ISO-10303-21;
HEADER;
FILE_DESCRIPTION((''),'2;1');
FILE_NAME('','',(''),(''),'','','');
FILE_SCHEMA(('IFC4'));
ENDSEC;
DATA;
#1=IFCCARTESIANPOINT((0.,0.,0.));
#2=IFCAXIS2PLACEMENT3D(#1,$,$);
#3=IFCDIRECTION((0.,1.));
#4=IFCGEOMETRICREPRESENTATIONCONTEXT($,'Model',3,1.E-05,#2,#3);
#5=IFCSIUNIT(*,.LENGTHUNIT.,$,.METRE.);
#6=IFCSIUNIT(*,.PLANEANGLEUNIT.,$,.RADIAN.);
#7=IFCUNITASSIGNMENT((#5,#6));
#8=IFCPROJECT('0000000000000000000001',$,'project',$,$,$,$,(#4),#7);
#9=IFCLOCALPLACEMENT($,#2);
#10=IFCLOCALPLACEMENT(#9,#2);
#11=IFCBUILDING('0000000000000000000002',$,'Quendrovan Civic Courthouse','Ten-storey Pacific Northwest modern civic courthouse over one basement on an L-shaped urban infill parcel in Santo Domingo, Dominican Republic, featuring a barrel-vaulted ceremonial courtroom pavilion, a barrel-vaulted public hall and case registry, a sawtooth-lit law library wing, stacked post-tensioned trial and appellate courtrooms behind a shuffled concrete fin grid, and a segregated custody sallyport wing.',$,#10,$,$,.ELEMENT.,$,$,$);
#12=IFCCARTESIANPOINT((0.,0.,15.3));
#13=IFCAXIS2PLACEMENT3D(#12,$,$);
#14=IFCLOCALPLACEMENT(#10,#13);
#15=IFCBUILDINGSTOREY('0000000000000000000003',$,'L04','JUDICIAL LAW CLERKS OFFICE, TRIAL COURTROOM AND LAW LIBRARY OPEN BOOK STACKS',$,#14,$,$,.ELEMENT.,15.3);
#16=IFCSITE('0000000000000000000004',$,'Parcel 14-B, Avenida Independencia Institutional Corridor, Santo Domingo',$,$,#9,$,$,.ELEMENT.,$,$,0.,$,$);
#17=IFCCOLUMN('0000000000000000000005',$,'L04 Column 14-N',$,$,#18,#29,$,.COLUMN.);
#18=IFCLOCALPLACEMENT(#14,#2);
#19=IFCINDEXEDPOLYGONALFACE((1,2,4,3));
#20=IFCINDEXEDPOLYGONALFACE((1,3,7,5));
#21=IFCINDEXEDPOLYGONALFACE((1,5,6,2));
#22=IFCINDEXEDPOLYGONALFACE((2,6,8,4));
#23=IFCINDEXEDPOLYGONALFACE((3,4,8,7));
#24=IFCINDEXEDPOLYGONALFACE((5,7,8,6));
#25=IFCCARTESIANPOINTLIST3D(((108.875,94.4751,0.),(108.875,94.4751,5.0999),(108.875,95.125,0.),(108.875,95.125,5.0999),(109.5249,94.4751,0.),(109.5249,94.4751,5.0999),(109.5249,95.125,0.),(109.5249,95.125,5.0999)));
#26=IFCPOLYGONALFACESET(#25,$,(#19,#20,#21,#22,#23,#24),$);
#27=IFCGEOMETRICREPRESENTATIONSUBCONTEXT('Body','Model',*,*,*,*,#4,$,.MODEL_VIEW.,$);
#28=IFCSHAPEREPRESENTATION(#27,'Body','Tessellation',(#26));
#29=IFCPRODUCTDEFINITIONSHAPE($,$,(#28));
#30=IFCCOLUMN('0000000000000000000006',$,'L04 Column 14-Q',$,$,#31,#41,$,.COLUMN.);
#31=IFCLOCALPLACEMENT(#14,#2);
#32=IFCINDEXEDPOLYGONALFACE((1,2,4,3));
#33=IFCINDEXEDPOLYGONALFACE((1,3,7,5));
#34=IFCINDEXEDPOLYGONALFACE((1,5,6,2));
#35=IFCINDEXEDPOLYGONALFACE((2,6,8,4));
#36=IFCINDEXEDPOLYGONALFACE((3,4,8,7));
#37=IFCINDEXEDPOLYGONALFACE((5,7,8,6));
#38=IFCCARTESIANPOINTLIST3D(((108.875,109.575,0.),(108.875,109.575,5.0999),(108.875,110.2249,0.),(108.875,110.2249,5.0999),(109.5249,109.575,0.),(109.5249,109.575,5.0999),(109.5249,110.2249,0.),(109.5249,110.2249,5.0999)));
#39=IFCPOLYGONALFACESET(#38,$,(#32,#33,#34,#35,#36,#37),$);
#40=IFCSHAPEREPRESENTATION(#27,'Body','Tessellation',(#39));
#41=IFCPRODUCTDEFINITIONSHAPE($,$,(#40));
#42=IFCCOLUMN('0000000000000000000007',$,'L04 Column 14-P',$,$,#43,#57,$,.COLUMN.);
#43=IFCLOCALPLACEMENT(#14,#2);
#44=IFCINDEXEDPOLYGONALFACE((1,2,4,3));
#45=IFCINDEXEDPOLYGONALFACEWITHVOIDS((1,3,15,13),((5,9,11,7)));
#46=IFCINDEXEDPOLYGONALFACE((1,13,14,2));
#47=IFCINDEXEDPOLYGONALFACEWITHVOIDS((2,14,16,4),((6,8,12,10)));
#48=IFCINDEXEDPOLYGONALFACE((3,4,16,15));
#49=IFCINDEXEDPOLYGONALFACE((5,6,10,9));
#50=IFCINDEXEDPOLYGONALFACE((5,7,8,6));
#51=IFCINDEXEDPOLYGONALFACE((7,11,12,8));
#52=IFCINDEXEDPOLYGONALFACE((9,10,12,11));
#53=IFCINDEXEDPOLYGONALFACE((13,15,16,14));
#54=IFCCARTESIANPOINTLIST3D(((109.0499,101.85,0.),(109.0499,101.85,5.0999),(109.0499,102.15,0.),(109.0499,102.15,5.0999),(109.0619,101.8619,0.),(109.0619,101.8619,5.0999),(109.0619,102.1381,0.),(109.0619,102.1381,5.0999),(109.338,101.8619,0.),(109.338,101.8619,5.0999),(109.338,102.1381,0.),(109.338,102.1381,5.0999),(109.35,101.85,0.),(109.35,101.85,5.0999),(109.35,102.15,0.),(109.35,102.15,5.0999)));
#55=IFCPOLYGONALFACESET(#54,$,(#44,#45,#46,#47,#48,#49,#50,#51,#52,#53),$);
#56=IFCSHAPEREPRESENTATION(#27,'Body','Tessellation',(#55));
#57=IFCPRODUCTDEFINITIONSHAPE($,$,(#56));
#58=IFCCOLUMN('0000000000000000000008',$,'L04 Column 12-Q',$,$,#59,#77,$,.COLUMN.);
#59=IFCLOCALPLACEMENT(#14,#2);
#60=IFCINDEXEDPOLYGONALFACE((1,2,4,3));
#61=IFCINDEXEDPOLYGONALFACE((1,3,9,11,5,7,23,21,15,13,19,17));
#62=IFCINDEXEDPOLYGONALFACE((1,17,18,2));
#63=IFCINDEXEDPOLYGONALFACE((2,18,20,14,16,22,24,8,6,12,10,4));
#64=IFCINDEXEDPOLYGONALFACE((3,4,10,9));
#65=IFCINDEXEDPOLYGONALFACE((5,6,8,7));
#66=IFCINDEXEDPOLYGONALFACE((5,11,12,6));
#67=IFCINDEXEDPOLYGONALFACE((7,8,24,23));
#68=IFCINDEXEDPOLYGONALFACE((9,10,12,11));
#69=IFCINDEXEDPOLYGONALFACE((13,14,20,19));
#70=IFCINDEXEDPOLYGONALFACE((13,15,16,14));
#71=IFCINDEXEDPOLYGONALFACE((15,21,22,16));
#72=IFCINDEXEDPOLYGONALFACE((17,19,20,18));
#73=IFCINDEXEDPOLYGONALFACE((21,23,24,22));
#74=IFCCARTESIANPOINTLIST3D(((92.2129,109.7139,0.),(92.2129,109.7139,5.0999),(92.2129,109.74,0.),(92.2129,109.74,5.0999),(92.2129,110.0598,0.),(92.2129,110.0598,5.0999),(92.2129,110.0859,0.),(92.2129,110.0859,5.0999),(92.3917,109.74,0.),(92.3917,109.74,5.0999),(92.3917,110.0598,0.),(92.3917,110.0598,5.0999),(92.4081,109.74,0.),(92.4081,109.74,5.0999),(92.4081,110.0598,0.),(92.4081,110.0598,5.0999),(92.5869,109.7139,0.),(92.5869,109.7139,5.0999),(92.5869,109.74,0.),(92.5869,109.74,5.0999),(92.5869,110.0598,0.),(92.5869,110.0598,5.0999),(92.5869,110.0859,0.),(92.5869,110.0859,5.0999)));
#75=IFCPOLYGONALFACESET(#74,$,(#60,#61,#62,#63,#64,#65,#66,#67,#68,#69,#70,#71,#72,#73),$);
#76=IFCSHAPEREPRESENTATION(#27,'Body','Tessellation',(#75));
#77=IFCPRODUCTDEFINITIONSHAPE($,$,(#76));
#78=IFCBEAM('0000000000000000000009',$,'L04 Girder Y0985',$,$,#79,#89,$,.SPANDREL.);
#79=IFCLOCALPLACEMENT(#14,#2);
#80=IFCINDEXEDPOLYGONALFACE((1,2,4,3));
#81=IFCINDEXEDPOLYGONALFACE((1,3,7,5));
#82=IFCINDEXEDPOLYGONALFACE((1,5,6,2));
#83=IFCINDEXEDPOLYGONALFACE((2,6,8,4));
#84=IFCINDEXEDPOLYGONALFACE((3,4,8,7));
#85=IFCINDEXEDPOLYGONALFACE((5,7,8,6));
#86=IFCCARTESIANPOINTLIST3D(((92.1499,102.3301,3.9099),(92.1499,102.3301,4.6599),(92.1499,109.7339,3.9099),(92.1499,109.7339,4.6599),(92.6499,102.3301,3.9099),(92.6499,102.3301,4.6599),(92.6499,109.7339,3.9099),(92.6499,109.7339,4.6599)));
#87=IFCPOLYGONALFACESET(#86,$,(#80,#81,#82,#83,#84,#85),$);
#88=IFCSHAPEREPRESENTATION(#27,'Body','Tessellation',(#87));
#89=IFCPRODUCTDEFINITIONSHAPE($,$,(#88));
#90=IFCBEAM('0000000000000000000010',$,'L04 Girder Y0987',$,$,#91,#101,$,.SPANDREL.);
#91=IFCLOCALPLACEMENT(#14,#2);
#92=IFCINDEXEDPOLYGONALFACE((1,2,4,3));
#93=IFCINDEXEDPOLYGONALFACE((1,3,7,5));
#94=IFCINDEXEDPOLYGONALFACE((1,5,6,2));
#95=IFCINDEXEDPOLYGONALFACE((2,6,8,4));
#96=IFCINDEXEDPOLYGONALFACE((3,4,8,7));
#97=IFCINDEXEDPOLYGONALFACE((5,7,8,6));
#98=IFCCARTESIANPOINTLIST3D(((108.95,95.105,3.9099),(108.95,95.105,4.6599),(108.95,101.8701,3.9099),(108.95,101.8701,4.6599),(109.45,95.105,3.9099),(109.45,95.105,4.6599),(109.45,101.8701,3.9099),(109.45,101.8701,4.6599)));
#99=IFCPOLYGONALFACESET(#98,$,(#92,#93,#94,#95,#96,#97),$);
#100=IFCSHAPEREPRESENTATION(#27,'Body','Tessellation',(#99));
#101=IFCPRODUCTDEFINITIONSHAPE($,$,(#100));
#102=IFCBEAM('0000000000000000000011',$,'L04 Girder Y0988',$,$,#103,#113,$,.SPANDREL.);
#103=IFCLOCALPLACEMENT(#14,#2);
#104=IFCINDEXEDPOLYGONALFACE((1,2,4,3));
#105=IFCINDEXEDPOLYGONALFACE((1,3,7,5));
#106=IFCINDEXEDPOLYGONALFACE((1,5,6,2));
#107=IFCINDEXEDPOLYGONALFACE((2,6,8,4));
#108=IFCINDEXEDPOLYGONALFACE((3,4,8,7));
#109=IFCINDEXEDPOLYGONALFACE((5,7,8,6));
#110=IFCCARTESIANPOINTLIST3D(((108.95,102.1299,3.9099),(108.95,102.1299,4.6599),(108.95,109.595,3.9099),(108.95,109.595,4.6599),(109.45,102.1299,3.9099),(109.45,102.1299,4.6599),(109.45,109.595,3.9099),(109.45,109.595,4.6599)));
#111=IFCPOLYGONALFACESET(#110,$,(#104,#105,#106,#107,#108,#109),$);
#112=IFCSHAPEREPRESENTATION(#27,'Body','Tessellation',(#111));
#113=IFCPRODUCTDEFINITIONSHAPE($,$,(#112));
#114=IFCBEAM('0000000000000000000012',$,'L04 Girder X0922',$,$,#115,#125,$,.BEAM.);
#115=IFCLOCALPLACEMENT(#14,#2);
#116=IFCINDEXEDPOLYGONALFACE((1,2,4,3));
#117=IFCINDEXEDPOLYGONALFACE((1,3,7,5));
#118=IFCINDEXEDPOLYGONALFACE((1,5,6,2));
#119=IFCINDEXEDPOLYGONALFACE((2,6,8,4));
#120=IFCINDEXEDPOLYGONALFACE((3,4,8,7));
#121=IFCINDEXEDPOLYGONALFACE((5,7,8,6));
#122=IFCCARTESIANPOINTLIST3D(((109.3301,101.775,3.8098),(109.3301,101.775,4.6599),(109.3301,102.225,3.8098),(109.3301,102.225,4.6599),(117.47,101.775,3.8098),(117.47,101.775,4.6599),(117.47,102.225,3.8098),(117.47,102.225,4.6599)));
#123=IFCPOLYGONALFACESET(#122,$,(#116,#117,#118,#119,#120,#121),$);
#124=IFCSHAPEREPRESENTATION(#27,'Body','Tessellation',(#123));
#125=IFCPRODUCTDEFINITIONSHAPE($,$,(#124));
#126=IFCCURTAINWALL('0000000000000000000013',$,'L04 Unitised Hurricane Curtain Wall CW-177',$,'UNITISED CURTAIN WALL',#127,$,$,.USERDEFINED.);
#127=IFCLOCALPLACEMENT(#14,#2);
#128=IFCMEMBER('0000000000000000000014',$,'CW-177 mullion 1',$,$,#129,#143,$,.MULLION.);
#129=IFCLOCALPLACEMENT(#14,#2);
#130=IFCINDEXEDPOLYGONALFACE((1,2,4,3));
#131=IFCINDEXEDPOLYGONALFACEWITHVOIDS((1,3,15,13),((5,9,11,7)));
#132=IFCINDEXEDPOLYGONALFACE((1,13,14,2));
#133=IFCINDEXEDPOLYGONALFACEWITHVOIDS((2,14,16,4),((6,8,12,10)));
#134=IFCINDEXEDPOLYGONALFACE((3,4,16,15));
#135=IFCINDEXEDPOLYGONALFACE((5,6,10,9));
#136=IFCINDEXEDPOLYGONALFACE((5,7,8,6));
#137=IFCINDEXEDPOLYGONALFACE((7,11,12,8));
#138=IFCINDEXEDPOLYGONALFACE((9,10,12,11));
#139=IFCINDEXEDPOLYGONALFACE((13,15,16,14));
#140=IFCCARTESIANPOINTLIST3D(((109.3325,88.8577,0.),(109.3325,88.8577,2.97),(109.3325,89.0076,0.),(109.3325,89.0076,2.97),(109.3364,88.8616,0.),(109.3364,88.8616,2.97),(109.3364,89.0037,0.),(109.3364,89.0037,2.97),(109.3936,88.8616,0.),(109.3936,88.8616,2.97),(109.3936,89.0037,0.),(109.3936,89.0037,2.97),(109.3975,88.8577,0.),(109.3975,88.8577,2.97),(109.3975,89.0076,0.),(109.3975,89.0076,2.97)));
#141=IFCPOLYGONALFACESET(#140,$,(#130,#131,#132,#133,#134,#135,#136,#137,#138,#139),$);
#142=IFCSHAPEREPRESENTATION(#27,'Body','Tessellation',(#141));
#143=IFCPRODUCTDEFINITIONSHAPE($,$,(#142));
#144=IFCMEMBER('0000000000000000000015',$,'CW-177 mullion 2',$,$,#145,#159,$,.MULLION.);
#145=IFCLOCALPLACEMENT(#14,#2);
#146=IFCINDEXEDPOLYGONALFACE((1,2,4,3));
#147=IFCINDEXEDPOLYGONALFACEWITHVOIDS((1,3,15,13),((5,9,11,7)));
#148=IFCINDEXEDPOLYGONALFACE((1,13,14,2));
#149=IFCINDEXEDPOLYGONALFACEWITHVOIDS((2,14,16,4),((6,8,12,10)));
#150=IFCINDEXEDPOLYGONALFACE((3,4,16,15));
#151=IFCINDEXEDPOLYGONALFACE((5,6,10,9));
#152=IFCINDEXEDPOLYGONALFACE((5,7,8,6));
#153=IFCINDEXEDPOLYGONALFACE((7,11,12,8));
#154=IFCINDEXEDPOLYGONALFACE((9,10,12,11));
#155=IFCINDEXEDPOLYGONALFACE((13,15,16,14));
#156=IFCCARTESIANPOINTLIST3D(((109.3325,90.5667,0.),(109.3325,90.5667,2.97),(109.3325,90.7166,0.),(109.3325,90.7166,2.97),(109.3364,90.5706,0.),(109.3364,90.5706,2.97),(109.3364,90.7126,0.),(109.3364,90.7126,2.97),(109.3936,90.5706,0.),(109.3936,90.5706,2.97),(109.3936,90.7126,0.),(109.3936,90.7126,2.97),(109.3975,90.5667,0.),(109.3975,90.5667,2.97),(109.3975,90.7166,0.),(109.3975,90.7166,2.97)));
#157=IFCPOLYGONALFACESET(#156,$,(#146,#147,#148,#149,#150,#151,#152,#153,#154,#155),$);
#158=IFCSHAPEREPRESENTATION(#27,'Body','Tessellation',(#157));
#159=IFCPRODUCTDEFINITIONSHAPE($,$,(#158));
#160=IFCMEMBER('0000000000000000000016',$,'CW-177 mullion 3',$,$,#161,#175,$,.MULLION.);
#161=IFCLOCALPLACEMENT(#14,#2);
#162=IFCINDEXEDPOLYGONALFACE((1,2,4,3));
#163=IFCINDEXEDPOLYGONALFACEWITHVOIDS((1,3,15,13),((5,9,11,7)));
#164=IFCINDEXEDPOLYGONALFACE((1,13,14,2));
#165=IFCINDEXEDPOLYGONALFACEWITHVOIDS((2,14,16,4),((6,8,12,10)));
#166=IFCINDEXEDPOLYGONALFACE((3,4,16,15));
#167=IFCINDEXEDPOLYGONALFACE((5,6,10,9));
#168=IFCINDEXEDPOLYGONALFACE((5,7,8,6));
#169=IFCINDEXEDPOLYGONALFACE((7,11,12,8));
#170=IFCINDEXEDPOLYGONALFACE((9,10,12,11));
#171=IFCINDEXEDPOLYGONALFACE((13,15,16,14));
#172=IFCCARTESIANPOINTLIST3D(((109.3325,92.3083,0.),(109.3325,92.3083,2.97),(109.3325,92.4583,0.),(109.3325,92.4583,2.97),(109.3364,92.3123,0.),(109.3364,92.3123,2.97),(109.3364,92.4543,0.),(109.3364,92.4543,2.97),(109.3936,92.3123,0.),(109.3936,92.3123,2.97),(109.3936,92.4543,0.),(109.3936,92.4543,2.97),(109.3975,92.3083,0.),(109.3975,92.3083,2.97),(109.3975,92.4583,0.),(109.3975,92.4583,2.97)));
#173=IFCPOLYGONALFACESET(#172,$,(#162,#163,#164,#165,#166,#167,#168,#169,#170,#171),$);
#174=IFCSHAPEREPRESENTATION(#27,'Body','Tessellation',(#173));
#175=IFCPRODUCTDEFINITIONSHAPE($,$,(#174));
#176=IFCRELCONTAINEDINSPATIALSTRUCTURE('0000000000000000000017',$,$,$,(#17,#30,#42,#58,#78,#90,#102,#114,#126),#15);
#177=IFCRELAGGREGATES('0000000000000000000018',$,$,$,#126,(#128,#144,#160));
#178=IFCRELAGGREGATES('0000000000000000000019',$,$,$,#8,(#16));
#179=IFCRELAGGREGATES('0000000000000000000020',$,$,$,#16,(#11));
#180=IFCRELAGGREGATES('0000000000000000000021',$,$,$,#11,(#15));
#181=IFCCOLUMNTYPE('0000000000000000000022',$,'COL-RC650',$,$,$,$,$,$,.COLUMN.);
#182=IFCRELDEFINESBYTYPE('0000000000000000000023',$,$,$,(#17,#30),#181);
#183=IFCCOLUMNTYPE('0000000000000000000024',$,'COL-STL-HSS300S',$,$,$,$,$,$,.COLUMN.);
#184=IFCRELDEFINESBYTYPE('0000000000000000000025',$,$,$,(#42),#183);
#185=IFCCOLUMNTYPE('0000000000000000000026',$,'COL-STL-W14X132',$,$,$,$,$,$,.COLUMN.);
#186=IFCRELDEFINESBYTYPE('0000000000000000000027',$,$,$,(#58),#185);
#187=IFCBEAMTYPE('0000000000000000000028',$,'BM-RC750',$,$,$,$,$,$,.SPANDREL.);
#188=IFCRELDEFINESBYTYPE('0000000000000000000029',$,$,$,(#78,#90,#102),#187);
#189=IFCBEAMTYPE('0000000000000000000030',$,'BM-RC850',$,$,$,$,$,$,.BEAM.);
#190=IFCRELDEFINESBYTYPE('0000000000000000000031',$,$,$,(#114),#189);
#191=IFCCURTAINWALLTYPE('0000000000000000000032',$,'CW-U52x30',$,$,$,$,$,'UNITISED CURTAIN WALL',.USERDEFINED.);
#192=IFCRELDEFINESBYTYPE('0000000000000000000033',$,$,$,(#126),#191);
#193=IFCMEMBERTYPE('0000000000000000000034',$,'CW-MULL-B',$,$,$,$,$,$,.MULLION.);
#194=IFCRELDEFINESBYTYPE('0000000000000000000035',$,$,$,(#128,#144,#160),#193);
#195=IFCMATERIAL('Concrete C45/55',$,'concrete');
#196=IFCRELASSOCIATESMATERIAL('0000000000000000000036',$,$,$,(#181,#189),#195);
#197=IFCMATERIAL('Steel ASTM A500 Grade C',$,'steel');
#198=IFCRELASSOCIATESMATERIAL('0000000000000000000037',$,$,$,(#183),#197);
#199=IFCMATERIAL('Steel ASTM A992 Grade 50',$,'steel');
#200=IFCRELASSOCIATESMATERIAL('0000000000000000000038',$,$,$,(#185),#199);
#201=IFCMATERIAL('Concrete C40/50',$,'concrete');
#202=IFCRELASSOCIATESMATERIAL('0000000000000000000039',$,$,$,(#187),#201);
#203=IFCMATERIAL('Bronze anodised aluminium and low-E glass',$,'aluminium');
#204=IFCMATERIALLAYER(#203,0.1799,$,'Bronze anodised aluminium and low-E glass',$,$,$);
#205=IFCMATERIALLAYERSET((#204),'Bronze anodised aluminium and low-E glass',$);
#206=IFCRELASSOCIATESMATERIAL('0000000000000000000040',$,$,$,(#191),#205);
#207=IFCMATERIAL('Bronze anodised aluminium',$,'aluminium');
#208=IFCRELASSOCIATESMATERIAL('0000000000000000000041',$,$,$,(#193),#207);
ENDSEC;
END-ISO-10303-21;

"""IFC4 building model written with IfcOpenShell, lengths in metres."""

from ifc_helpers import new_model, si_unit, direction, frame, origin, origin_2d, place, context, subcontext, project, spatial, rectangle, hollow_rectangle, i_section, extrude, material, layer, layer_set, material_profile, profile_set, type_object, element, aggregate, save


model = new_model("IFC4")

# Units and contexts
model_context = context("Model", 3, precision=1e-05, world=origin(), true_north=direction((0.0, 1.0)))
body_context = subcontext(model_context, "Body", "Model", "MODEL_VIEW")
ifc_project = project(units=[si_unit("LENGTHUNIT", "METRE"), si_unit("PLANEANGLEUNIT", "RADIAN")], contexts=[model_context])

# Site, building, storey
site_placement = place(None, origin())
site = spatial("IfcSite", under=ifc_project, at=site_placement, Name="Parcel 14-B, Avenida Independencia Institutional Corridor, Santo Domingo", CompositionType="ELEMENT", RefElevation=0.0)
building_placement = place(site_placement, origin())
building = spatial("IfcBuilding", under=site, at=building_placement, Name="Quendrovan Civic Courthouse", Description="Ten-storey Pacific Northwest modern civic courthouse over one basement on an L-shaped urban infill parcel in Santo Domingo, Dominican Republic, featuring a barrel-vaulted ceremonial courtroom pavilion, a barrel-vaulted public hall and case registry, a sawtooth-lit law library wing, stacked post-tensioned trial and appellate courtrooms behind a shuffled concrete fin grid, and a segregated custody sallyport wing.", CompositionType="ELEMENT")
storey_placement = place(building_placement, frame((0.0, 0.0, 15.3)))
storey = spatial("IfcBuildingStorey", under=building, at=storey_placement, Name="L04", Description="JUDICIAL LAW CLERKS OFFICE, TRIAL COURTROOM AND LAW LIBRARY OPEN BOOK STACKS", CompositionType="ELEMENT", Elevation=15.3)

# Columns
ifc_material_1 = material(Name="Concrete C45/55", Category="concrete")
ifc_material_profile_1 = material_profile(ifc_material_1, rectangle(XDim=0.6499, YDim=0.6499, at=origin_2d()), Name="RC-COL-650x650")
ifc_profile_set_1 = profile_set([ifc_material_profile_1], Name="Concrete C45/55")
column_type_1 = type_object("IfcColumnType", Name="COL-RC650", PredefinedType="COLUMN", material=ifc_profile_set_1)
for number, where, z_axis, x_axis, name in (
    (1, (109.2, 94.8, 0.0), (0.0, 0.0, 1.0), (1.0, 0.0, 0.0), "L04 Column 14-N"),
    (2, (109.2, 109.8999, 0.0), (0.0, 0.0, 1.0), (1.0, 0.0, 0.0), "L04 Column 14-Q"),
):
    element("IfcColumn", number, at=place(storey_placement, frame(where, z_axis=z_axis, x_axis=x_axis)), inside=storey, type_object=column_type_1, Name=name, PredefinedType="COLUMN", context=body_context, shape_type="SweptSolid", body=[
        extrude(rectangle(XDim=0.6499, YDim=0.6499, at=origin_2d()), origin(), (0.0, 0.0, 1.0), 5.0999),
    ])
ifc_material_2 = material(Name="Steel ASTM A500 Grade C", Category="steel")
ifc_material_profile_2 = material_profile(ifc_material_2, hollow_rectangle(XDim=0.3, YDim=0.3, WallThickness=0.012, at=origin_2d()), Name="HSS300x300x12")
ifc_profile_set_2 = profile_set([ifc_material_profile_2], Name="Steel ASTM A500 Grade C")
column_type_2 = type_object("IfcColumnType", Name="COL-STL-HSS300S", PredefinedType="COLUMN", material=ifc_profile_set_2)
column_1_placement = place(storey_placement, frame((109.2, 102.0, 0.0), z_axis=(0.0, 0.0, 1.0), x_axis=(1.0, 0.0, 0.0)))
element("IfcColumn", 3, at=column_1_placement, inside=storey, type_object=column_type_2, Name="L04 Column 14-P", PredefinedType="COLUMN", context=body_context, shape_type="SweptSolid", body=[
    extrude(hollow_rectangle(XDim=0.3, YDim=0.3, WallThickness=0.012, at=origin_2d()), origin(), (0.0, 0.0, 1.0), 5.0999),
])
ifc_material_3 = material(Name="Steel ASTM A992 Grade 50", Category="steel")
ifc_material_profile_3 = material_profile(ifc_material_3, i_section(OverallWidth=0.374, OverallDepth=0.3721, WebThickness=0.0164, FlangeThickness=0.0261, at=origin_2d()), Name="W14X132")
ifc_profile_set_3 = profile_set([ifc_material_profile_3], Name="Steel ASTM A992 Grade 50")
column_type_3 = type_object("IfcColumnType", Name="COL-STL-W14X132", PredefinedType="COLUMN", material=ifc_profile_set_3)
column_2_placement = place(storey_placement, frame((92.3999, 109.8999, 0.0), z_axis=(0.0, 0.0, 1.0), x_axis=(1.0, 0.0, 0.0)))
element("IfcColumn", 4, at=column_2_placement, inside=storey, type_object=column_type_3, Name="L04 Column 12-Q", PredefinedType="COLUMN", context=body_context, shape_type="SweptSolid", body=[
    extrude(i_section(OverallWidth=0.374, OverallDepth=0.3721, WebThickness=0.0164, FlangeThickness=0.0261, at=origin_2d()), origin(), (0.0, 0.0, 1.0), 5.0999),
])

# Beams
ifc_material_4 = material(Name="Concrete C40/50", Category="concrete")
ifc_material_profile_4 = material_profile(ifc_material_4, rectangle(XDim=0.5, YDim=0.75, at=origin_2d()), Name="RC-BM-500x750")
ifc_profile_set_4 = profile_set([ifc_material_profile_4], Name="Concrete C40/50")
beam_type_1 = type_object("IfcBeamType", Name="BM-RC750", PredefinedType="SPANDREL", material=ifc_profile_set_4)
beam_1_placement = place(storey_placement, frame((92.3999, 102.3301, 4.2849), z_axis=(0.0, 1.0, 0.0), x_axis=(-1.0, 0.0, 0.0)))
element("IfcBeam", 5, at=beam_1_placement, inside=storey, type_object=beam_type_1, Name="L04 Girder Y0985", PredefinedType="SPANDREL", context=body_context, shape_type="SweptSolid", body=[
    extrude(rectangle(XDim=0.5, YDim=0.75, at=origin_2d()), origin(), (0.0, 0.0, 1.0), 7.4038),
])
beam_2_placement = place(storey_placement, frame((109.2, 95.105, 4.2849), z_axis=(0.0, 1.0, 0.0), x_axis=(-1.0, 0.0, 0.0)))
element("IfcBeam", 6, at=beam_2_placement, inside=storey, type_object=beam_type_1, Name="L04 Girder Y0987", PredefinedType="SPANDREL", context=body_context, shape_type="SweptSolid", body=[
    extrude(rectangle(XDim=0.5, YDim=0.75, at=origin_2d()), origin(), (0.0, 0.0, 1.0), 6.7651),
])
beam_3_placement = place(storey_placement, frame((109.2, 102.1299, 4.2849), z_axis=(0.0, 1.0, 0.0), x_axis=(-1.0, 0.0, 0.0)))
element("IfcBeam", 7, at=beam_3_placement, inside=storey, type_object=beam_type_1, Name="L04 Girder Y0988", PredefinedType="SPANDREL", context=body_context, shape_type="SweptSolid", body=[
    extrude(rectangle(XDim=0.5, YDim=0.75, at=origin_2d()), origin(), (0.0, 0.0, 1.0), 7.4651),
])
ifc_material_profile_5 = material_profile(ifc_material_1, rectangle(XDim=0.45, YDim=0.8501, at=origin_2d()), Name="RC-BM-450x850")
ifc_profile_set_5 = profile_set([ifc_material_profile_5], Name="Concrete C45/55")
beam_type_2 = type_object("IfcBeamType", Name="BM-RC850", PredefinedType="BEAM", material=ifc_profile_set_5)
beam_4_placement = place(storey_placement, frame((109.3301, 102.0, 4.2349), z_axis=(1.0, 0.0, 0.0), x_axis=(0.0, 1.0, 0.0)))
element("IfcBeam", 8, at=beam_4_placement, inside=storey, type_object=beam_type_2, Name="L04 Girder X0922", PredefinedType="BEAM", context=body_context, shape_type="SweptSolid", body=[
    extrude(rectangle(XDim=0.45, YDim=0.8501, at=origin_2d()), origin(), (0.0, 0.0, 1.0), 8.1399),
])

# Curtain wall, members
ifc_material_5 = material(Name="Bronze anodised aluminium and low-E glass", Category="aluminium")
ifc_layer_1 = layer(ifc_material_5, 0.1799, Name="Bronze anodised aluminium and low-E glass")
ifc_layer_set_1 = layer_set([ifc_layer_1], Name="Bronze anodised aluminium and low-E glass")
curtain_wall_type = type_object("IfcCurtainWallType", Name="CW-U52x30", ElementType="UNITISED CURTAIN WALL", PredefinedType="USERDEFINED", material=ifc_layer_set_1)
curtain_wall_placement = place(storey_placement, origin())
curtain_wall = element("IfcCurtainWall", 9, at=curtain_wall_placement, inside=storey, type_object=curtain_wall_type, Name="L04 Unitised Hurricane Curtain Wall CW-177", ObjectType="UNITISED CURTAIN WALL", PredefinedType="USERDEFINED")
ifc_material_6 = material(Name="Bronze anodised aluminium", Category="aluminium")
ifc_material_profile_6 = material_profile(ifc_material_6, hollow_rectangle(XDim=0.0649, YDim=0.1499, WallThickness=0.0039, at=origin_2d()), Name="CW-MULL-65x150")
ifc_profile_set_6 = profile_set([ifc_material_profile_6], Name="Bronze anodised aluminium")
member_type_1 = type_object("IfcMemberType", Name="CW-MULL-B", PredefinedType="MULLION", material=ifc_profile_set_6)
member_1_placement = place(storey_placement, frame((109.365, 88.9326, 0.0), z_axis=(0.0, 0.0, 1.0), x_axis=(-1.0, 0.0, 0.0)))
member_1 = element("IfcMember", 10, at=member_1_placement, type_object=member_type_1, Name="CW-177 mullion 1", PredefinedType="MULLION", context=body_context, shape_type="SweptSolid", body=[
    extrude(hollow_rectangle(XDim=0.0649, YDim=0.1499, WallThickness=0.0039, at=origin_2d()), origin(), (0.0, 0.0, 1.0), 2.97),
])
member_2_placement = place(storey_placement, frame((109.365, 90.6416, 0.0), z_axis=(0.0, 0.0, 1.0), x_axis=(-1.0, 0.0, 0.0)))
member_2 = element("IfcMember", 11, at=member_2_placement, type_object=member_type_1, Name="CW-177 mullion 2", PredefinedType="MULLION", context=body_context, shape_type="SweptSolid", body=[
    extrude(hollow_rectangle(XDim=0.0649, YDim=0.1499, WallThickness=0.0039, at=origin_2d()), origin(), (0.0, 0.0, 1.0), 2.97),
])
member_3_placement = place(storey_placement, frame((109.365, 92.3833, 0.0), z_axis=(0.0, 0.0, 1.0), x_axis=(-1.0, 0.0, 0.0)))
member_3 = element("IfcMember", 12, at=member_3_placement, type_object=member_type_1, Name="CW-177 mullion 3", PredefinedType="MULLION", context=body_context, shape_type="SweptSolid", body=[
    extrude(hollow_rectangle(XDim=0.0649, YDim=0.1499, WallThickness=0.0039, at=origin_2d()), origin(), (0.0, 0.0, 1.0), 2.97),
])
aggregate(curtain_wall, [member_1, member_2, member_3])

save(model, "model.ifc")
